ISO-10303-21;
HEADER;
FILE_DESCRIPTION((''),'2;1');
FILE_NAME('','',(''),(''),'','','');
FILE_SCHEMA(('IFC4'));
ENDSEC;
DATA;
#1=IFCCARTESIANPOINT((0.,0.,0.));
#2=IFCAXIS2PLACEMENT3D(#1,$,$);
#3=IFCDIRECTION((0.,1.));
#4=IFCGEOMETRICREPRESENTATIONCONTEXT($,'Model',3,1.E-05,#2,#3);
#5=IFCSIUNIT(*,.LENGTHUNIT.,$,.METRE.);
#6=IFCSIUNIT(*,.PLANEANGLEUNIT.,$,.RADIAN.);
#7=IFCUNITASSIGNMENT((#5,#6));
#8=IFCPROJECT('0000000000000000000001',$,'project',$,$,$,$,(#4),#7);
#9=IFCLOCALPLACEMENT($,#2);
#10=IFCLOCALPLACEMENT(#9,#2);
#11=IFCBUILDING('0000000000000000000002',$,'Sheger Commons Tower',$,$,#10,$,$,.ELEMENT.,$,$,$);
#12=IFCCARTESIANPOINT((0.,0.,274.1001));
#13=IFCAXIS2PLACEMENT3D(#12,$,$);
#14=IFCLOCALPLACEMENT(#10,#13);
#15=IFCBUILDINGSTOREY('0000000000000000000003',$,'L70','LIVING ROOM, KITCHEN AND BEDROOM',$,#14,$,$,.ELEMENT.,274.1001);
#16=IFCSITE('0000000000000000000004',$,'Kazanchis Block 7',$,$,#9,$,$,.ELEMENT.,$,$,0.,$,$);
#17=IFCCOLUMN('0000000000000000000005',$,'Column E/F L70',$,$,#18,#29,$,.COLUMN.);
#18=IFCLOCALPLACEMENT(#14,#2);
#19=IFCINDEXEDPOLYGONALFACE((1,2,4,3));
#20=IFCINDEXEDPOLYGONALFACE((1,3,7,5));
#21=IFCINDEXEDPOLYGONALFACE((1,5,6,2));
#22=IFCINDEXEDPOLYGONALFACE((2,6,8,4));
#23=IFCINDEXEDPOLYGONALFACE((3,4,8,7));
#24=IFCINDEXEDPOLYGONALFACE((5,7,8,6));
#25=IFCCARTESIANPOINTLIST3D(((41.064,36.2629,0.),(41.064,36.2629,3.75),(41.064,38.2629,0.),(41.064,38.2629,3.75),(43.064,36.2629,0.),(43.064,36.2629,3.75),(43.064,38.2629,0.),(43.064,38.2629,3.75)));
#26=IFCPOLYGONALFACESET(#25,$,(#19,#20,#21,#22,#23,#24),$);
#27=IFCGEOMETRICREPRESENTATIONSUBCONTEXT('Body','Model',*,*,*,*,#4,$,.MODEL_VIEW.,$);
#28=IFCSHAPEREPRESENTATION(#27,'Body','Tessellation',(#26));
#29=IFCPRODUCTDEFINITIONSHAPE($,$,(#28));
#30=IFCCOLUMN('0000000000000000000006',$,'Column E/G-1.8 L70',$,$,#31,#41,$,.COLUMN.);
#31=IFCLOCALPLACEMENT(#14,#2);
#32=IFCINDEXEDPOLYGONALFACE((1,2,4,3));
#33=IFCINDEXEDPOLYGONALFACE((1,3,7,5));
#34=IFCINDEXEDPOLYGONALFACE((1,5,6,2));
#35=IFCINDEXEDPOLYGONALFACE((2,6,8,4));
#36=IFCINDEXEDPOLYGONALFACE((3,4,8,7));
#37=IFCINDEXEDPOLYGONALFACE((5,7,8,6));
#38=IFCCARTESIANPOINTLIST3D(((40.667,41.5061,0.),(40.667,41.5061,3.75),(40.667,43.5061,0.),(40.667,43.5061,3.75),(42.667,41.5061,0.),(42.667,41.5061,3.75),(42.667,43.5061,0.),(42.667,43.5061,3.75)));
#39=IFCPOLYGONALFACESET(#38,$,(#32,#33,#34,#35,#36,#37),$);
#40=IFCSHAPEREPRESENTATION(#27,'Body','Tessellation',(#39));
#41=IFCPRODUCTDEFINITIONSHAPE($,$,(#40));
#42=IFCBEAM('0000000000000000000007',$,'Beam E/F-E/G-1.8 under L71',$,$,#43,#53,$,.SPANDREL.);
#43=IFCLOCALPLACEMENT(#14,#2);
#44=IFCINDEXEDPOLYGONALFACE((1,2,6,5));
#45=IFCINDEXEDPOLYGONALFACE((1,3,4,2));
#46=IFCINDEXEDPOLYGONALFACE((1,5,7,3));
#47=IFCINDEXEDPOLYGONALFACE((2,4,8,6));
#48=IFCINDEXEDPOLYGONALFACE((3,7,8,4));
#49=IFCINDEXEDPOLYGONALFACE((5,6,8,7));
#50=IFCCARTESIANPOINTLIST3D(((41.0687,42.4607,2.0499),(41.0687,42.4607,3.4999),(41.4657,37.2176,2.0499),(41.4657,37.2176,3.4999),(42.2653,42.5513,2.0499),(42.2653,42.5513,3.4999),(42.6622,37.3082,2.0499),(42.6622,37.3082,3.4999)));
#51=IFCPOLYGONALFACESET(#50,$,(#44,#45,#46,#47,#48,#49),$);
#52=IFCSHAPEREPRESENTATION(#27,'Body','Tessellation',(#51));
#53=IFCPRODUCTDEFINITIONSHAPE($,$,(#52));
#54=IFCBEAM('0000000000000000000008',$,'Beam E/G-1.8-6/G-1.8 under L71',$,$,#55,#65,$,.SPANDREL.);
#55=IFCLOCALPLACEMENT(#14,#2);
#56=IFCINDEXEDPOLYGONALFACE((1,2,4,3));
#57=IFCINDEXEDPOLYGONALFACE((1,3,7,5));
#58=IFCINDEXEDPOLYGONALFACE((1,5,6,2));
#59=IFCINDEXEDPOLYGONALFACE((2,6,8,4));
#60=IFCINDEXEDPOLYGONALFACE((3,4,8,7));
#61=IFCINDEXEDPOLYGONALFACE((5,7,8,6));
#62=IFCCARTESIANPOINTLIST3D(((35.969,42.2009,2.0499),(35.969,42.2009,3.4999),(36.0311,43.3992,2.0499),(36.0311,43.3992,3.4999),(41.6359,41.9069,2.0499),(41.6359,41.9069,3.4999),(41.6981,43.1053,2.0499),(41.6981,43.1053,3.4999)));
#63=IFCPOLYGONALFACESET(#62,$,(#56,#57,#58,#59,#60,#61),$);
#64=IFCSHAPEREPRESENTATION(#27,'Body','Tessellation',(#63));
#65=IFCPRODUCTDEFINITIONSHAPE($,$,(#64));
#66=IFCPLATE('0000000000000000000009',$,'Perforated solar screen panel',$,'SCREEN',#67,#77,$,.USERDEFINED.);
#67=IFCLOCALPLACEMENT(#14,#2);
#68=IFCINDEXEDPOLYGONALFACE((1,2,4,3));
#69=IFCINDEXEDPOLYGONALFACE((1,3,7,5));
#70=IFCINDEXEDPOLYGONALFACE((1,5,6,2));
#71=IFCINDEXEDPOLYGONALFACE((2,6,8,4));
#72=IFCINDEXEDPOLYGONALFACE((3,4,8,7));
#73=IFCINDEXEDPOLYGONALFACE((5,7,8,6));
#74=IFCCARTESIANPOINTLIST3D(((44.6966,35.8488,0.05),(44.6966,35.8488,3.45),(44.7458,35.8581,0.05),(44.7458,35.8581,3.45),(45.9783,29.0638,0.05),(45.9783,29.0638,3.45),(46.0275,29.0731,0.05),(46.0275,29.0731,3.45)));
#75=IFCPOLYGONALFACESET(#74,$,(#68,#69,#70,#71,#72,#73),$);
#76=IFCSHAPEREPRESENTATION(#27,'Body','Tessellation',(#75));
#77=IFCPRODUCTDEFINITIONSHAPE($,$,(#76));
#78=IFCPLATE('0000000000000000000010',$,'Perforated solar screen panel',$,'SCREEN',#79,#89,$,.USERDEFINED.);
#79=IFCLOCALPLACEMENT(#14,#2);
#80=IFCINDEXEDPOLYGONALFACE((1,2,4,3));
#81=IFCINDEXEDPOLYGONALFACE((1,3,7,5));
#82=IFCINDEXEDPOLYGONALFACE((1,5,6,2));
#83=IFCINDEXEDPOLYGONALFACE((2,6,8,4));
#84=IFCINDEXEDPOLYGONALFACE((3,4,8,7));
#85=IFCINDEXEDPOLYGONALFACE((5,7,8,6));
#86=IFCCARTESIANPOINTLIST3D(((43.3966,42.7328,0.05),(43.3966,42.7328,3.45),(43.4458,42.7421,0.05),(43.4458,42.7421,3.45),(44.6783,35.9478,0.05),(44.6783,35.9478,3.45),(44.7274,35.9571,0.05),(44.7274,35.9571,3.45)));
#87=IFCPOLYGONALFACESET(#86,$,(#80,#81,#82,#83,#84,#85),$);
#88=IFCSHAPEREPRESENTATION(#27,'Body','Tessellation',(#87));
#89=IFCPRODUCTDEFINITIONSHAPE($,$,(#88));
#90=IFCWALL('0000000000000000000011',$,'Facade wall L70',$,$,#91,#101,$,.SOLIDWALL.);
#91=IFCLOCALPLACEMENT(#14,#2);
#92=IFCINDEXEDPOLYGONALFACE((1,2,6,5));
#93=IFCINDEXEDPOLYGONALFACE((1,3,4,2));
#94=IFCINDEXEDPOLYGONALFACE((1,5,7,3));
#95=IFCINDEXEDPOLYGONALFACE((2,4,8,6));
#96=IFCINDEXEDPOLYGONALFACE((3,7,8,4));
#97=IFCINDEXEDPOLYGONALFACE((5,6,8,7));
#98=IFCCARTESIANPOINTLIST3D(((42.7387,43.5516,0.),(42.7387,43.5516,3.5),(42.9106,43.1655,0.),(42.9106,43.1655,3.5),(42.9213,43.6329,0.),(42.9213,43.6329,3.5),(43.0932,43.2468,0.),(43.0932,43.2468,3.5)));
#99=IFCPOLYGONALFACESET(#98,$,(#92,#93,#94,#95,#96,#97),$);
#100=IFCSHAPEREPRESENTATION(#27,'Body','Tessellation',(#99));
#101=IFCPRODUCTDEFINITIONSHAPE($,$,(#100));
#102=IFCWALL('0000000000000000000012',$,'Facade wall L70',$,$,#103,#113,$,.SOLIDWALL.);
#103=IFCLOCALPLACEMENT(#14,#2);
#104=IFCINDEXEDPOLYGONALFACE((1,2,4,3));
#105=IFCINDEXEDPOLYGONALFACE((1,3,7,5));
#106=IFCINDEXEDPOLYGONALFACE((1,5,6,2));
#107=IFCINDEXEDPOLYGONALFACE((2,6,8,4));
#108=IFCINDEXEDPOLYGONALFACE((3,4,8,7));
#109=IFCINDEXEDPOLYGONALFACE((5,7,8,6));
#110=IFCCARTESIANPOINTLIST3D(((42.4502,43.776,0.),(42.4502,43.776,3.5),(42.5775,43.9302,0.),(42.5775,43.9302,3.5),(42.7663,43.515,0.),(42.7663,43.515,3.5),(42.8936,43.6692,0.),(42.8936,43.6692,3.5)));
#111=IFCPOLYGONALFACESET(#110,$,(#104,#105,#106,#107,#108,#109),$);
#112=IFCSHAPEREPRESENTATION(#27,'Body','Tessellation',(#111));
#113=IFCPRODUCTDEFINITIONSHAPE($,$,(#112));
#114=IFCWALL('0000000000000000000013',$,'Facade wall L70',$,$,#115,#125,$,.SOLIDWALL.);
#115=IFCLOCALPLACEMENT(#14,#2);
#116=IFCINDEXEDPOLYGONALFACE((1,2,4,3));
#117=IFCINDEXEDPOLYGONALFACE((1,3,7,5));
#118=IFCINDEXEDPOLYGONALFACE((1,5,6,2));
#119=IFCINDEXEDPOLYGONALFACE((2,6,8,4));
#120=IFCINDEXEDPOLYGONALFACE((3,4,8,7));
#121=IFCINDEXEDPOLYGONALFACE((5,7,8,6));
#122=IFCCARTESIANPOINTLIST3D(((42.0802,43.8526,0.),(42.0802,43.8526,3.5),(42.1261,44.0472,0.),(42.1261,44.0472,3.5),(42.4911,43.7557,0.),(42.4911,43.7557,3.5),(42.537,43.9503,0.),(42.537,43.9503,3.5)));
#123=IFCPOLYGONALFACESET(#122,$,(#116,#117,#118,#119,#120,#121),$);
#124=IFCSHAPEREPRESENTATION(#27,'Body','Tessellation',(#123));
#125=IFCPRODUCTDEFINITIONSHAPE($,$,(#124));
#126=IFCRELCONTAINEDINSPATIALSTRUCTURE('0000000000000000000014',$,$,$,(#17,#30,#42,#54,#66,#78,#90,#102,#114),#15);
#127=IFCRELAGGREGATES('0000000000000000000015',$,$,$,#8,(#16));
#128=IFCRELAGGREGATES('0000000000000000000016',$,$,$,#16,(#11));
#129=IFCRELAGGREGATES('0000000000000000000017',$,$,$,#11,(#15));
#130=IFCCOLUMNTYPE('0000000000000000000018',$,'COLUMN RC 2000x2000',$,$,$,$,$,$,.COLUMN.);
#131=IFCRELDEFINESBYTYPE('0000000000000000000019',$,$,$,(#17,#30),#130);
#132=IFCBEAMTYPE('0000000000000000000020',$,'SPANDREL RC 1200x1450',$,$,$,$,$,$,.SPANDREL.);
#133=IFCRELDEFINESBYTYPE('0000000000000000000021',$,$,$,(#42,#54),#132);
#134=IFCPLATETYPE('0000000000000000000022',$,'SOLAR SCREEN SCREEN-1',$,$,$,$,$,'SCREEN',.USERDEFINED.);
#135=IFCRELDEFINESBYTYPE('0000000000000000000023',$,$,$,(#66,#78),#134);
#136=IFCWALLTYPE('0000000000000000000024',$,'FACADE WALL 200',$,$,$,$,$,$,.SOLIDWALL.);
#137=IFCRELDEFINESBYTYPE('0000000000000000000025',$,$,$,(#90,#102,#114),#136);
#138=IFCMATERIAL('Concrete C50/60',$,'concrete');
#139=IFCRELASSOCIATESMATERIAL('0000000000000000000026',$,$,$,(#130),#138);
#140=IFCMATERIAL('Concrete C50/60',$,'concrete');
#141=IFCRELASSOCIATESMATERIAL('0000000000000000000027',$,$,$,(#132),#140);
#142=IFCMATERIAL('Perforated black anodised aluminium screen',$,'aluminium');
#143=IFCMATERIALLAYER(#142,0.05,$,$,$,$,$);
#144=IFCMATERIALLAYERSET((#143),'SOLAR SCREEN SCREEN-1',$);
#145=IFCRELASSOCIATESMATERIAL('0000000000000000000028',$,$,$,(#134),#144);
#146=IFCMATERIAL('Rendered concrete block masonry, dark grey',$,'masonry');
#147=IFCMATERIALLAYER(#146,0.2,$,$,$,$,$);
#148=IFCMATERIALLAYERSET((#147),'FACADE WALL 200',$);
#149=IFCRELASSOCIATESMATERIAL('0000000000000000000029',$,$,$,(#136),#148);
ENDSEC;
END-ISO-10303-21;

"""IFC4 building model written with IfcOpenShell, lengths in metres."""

from ifc_helpers import new_model, si_unit, direction, frame, frame_2d, origin, origin_2d, place, context, subcontext, project, spatial, rectangle, extrude, material, layer, layer_set, material_profile, profile_set, type_object, element, save


model = new_model("IFC4")

# Units and contexts
model_context = context("Model", 3, precision=1e-05, world=origin(), true_north=direction((0.0, 1.0)))
body_context = subcontext(model_context, "Body", "Model", "MODEL_VIEW")
ifc_project = project(units=[si_unit("LENGTHUNIT", "METRE"), si_unit("PLANEANGLEUNIT", "RADIAN")], contexts=[model_context])

# Site, building, storey
site_placement = place(None, origin())
site = spatial("IfcSite", under=ifc_project, at=site_placement, Name="Kazanchis Block 7", CompositionType="ELEMENT", RefElevation=0.0)
building_placement = place(site_placement, origin())
building = spatial("IfcBuilding", under=site, at=building_placement, Name="Sheger Commons Tower", CompositionType="ELEMENT")
storey_placement = place(building_placement, frame((0.0, 0.0, 274.1001)))
storey = spatial("IfcBuildingStorey", under=building, at=storey_placement, Name="L70", Description="LIVING ROOM, KITCHEN AND BEDROOM", CompositionType="ELEMENT", Elevation=274.1001)

# Columns
ifc_material_1 = material(Name="Concrete C50/60", Category="concrete")
ifc_material_profile_1 = material_profile(ifc_material_1, rectangle(XDim=2.0, YDim=2.0, at=origin_2d()), Name="RC 2000x2000")
ifc_profile_set_1 = profile_set([ifc_material_profile_1], Name="Concrete C50/60")
column_type = type_object("IfcColumnType", Name="COLUMN RC 2000x2000", PredefinedType="COLUMN", material=ifc_profile_set_1)
for number, where, z_axis, x_axis, name in (
    (1, (42.064, 37.2629, 0.0), (0.0, 0.0, 1.0), (1.0, 0.0, 0.0), "Column E/F L70"),
    (2, (41.667, 42.5061, 0.0), (0.0, 0.0, 1.0), (1.0, 0.0, 0.0), "Column E/G-1.8 L70"),
):
    element("IfcColumn", number, at=place(storey_placement, frame(where, z_axis=z_axis, x_axis=x_axis)), inside=storey, type_object=column_type, Name=name, PredefinedType="COLUMN", context=body_context, shape_type="SweptSolid", body=[
        extrude(rectangle(XDim=2.0, YDim=2.0, at=origin_2d()), origin(), (0.0, 0.0, 1.0), 3.75),
    ])

# Beams
ifc_material_2 = material(Name="Concrete C50/60", Category="concrete")
ifc_material_profile_2 = material_profile(ifc_material_2, rectangle(XDim=1.2, YDim=1.45, at=origin_2d()), Name="RC 1200x1450")
ifc_profile_set_2 = profile_set([ifc_material_profile_2], Name="Concrete C50/60")
beam_type = type_object("IfcBeamType", Name="SPANDREL RC 1200x1450", PredefinedType="SPANDREL", material=ifc_profile_set_2)
beam_1_placement = place(storey_placement, frame((42.064, 37.2629, 2.7749), z_axis=(-0.075496, 0.997146, 0.0), x_axis=(-0.997146, -0.075496, 0.0)))
element("IfcBeam", 3, at=beam_1_placement, inside=storey, type_object=beam_type, Name="Beam E/F-E/G-1.8 under L71", PredefinedType="SPANDREL", context=body_context, shape_type="SweptSolid", body=[
    extrude(rectangle(XDim=1.2, YDim=1.45, at=origin_2d()), origin(), (0.0, 0.0, 1.0), 5.2581),
])
beam_2_placement = place(storey_placement, frame((41.667, 42.5061, 2.7749), z_axis=(-0.998657, 0.0518, 0.0), x_axis=(-0.0518, -0.998657, 0.0)))
element("IfcBeam", 4, at=beam_2_placement, inside=storey, type_object=beam_type, Name="Beam E/G-1.8-6/G-1.8 under L71", PredefinedType="SPANDREL", context=body_context, shape_type="SweptSolid", body=[
    extrude(rectangle(XDim=1.2, YDim=1.45, at=origin_2d()), origin(), (0.0, 0.0, 1.0), 5.6746),
])

# Plates
ifc_material_3 = material(Name="Perforated black anodised aluminium screen", Category="aluminium")
ifc_layer_1 = layer(ifc_material_3, 0.05)
ifc_layer_set_1 = layer_set([ifc_layer_1], Name="SOLAR SCREEN SCREEN-1")
plate_type = type_object("IfcPlateType", Name="SOLAR SCREEN SCREEN-1", ElementType="SCREEN", PredefinedType="USERDEFINED", material=ifc_layer_set_1)
for number, where, z_axis, x_axis, name in (
    (5, (45.3621, 32.4609, 0.05), (0.0, 0.0, 1.0), (-0.185615, 0.982623, 0.0), "Perforated solar screen panel"),
    (6, (44.062, 39.345, 0.05), (0.0, 0.0, 1.0), (-0.185615, 0.982623, 0.0), "Perforated solar screen panel"),
):
    element("IfcPlate", number, at=place(storey_placement, frame(where, z_axis=z_axis, x_axis=x_axis)), inside=storey, type_object=plate_type, Name=name, ObjectType="SCREEN", PredefinedType="USERDEFINED", context=body_context, shape_type="SweptSolid", body=[
        extrude(rectangle(XDim=6.905, YDim=0.05, at=origin_2d()), origin(), (0.0, 0.0, 1.0), 3.3999),
    ])

# Walls
ifc_material_4 = material(Name="Rendered concrete block masonry, dark grey", Category="masonry")
ifc_layer_2 = layer(ifc_material_4, 0.2)
ifc_layer_set_2 = layer_set([ifc_layer_2], Name="FACADE WALL 200")
wall_type_1 = type_object("IfcWallType", Name="FACADE WALL 200", PredefinedType="SOLIDWALL", material=ifc_layer_set_2)
wall_1_placement = place(storey_placement, frame((43.002, 43.2061, 0.0), z_axis=(0.0, 0.0, 1.0), x_axis=(-0.406782, 0.913525, 0.0)))
element("IfcWall", 7, at=wall_1_placement, inside=storey, type_object=wall_type_1, Name="Facade wall L70", PredefinedType="SOLIDWALL", context=body_context, shape_type="SweptSolid", body=[
    extrude(rectangle(XDim=0.4226, YDim=0.2, at=frame_2d((0.2114, 0.0))), origin(), (0.0, 0.0, 1.0), 3.5),
])
wall_2_placement = place(storey_placement, frame((42.8301, 43.592, 0.0), z_axis=(0.0, 0.0, 1.0), x_axis=(-0.771191, 0.636604, 0.0)))
element("IfcWall", 8, at=wall_2_placement, inside=storey, type_object=wall_type_1, Name="Facade wall L70", PredefinedType="SOLIDWALL", context=body_context, shape_type="SweptSolid", body=[
    extrude(rectangle(XDim=0.4099, YDim=0.2, at=frame_2d((0.2051, 0.0))), origin(), (0.0, 0.0, 1.0), 3.5),
])
wall_3_placement = place(storey_placement, frame((42.5139, 43.853, 0.0), z_axis=(0.0, 0.0, 1.0), x_axis=(-0.973288, 0.229587, 0.0)))
element("IfcWall", 9, at=wall_3_placement, inside=storey, type_object=wall_type_1, Name="Facade wall L70", PredefinedType="SOLIDWALL", context=body_context, shape_type="SweptSolid", body=[
    extrude(rectangle(XDim=0.4221, YDim=0.2, at=frame_2d((0.2109, 0.0))), origin(), (0.0, 0.0, 1.0), 3.5),
])

save(model, "model.ifc")
